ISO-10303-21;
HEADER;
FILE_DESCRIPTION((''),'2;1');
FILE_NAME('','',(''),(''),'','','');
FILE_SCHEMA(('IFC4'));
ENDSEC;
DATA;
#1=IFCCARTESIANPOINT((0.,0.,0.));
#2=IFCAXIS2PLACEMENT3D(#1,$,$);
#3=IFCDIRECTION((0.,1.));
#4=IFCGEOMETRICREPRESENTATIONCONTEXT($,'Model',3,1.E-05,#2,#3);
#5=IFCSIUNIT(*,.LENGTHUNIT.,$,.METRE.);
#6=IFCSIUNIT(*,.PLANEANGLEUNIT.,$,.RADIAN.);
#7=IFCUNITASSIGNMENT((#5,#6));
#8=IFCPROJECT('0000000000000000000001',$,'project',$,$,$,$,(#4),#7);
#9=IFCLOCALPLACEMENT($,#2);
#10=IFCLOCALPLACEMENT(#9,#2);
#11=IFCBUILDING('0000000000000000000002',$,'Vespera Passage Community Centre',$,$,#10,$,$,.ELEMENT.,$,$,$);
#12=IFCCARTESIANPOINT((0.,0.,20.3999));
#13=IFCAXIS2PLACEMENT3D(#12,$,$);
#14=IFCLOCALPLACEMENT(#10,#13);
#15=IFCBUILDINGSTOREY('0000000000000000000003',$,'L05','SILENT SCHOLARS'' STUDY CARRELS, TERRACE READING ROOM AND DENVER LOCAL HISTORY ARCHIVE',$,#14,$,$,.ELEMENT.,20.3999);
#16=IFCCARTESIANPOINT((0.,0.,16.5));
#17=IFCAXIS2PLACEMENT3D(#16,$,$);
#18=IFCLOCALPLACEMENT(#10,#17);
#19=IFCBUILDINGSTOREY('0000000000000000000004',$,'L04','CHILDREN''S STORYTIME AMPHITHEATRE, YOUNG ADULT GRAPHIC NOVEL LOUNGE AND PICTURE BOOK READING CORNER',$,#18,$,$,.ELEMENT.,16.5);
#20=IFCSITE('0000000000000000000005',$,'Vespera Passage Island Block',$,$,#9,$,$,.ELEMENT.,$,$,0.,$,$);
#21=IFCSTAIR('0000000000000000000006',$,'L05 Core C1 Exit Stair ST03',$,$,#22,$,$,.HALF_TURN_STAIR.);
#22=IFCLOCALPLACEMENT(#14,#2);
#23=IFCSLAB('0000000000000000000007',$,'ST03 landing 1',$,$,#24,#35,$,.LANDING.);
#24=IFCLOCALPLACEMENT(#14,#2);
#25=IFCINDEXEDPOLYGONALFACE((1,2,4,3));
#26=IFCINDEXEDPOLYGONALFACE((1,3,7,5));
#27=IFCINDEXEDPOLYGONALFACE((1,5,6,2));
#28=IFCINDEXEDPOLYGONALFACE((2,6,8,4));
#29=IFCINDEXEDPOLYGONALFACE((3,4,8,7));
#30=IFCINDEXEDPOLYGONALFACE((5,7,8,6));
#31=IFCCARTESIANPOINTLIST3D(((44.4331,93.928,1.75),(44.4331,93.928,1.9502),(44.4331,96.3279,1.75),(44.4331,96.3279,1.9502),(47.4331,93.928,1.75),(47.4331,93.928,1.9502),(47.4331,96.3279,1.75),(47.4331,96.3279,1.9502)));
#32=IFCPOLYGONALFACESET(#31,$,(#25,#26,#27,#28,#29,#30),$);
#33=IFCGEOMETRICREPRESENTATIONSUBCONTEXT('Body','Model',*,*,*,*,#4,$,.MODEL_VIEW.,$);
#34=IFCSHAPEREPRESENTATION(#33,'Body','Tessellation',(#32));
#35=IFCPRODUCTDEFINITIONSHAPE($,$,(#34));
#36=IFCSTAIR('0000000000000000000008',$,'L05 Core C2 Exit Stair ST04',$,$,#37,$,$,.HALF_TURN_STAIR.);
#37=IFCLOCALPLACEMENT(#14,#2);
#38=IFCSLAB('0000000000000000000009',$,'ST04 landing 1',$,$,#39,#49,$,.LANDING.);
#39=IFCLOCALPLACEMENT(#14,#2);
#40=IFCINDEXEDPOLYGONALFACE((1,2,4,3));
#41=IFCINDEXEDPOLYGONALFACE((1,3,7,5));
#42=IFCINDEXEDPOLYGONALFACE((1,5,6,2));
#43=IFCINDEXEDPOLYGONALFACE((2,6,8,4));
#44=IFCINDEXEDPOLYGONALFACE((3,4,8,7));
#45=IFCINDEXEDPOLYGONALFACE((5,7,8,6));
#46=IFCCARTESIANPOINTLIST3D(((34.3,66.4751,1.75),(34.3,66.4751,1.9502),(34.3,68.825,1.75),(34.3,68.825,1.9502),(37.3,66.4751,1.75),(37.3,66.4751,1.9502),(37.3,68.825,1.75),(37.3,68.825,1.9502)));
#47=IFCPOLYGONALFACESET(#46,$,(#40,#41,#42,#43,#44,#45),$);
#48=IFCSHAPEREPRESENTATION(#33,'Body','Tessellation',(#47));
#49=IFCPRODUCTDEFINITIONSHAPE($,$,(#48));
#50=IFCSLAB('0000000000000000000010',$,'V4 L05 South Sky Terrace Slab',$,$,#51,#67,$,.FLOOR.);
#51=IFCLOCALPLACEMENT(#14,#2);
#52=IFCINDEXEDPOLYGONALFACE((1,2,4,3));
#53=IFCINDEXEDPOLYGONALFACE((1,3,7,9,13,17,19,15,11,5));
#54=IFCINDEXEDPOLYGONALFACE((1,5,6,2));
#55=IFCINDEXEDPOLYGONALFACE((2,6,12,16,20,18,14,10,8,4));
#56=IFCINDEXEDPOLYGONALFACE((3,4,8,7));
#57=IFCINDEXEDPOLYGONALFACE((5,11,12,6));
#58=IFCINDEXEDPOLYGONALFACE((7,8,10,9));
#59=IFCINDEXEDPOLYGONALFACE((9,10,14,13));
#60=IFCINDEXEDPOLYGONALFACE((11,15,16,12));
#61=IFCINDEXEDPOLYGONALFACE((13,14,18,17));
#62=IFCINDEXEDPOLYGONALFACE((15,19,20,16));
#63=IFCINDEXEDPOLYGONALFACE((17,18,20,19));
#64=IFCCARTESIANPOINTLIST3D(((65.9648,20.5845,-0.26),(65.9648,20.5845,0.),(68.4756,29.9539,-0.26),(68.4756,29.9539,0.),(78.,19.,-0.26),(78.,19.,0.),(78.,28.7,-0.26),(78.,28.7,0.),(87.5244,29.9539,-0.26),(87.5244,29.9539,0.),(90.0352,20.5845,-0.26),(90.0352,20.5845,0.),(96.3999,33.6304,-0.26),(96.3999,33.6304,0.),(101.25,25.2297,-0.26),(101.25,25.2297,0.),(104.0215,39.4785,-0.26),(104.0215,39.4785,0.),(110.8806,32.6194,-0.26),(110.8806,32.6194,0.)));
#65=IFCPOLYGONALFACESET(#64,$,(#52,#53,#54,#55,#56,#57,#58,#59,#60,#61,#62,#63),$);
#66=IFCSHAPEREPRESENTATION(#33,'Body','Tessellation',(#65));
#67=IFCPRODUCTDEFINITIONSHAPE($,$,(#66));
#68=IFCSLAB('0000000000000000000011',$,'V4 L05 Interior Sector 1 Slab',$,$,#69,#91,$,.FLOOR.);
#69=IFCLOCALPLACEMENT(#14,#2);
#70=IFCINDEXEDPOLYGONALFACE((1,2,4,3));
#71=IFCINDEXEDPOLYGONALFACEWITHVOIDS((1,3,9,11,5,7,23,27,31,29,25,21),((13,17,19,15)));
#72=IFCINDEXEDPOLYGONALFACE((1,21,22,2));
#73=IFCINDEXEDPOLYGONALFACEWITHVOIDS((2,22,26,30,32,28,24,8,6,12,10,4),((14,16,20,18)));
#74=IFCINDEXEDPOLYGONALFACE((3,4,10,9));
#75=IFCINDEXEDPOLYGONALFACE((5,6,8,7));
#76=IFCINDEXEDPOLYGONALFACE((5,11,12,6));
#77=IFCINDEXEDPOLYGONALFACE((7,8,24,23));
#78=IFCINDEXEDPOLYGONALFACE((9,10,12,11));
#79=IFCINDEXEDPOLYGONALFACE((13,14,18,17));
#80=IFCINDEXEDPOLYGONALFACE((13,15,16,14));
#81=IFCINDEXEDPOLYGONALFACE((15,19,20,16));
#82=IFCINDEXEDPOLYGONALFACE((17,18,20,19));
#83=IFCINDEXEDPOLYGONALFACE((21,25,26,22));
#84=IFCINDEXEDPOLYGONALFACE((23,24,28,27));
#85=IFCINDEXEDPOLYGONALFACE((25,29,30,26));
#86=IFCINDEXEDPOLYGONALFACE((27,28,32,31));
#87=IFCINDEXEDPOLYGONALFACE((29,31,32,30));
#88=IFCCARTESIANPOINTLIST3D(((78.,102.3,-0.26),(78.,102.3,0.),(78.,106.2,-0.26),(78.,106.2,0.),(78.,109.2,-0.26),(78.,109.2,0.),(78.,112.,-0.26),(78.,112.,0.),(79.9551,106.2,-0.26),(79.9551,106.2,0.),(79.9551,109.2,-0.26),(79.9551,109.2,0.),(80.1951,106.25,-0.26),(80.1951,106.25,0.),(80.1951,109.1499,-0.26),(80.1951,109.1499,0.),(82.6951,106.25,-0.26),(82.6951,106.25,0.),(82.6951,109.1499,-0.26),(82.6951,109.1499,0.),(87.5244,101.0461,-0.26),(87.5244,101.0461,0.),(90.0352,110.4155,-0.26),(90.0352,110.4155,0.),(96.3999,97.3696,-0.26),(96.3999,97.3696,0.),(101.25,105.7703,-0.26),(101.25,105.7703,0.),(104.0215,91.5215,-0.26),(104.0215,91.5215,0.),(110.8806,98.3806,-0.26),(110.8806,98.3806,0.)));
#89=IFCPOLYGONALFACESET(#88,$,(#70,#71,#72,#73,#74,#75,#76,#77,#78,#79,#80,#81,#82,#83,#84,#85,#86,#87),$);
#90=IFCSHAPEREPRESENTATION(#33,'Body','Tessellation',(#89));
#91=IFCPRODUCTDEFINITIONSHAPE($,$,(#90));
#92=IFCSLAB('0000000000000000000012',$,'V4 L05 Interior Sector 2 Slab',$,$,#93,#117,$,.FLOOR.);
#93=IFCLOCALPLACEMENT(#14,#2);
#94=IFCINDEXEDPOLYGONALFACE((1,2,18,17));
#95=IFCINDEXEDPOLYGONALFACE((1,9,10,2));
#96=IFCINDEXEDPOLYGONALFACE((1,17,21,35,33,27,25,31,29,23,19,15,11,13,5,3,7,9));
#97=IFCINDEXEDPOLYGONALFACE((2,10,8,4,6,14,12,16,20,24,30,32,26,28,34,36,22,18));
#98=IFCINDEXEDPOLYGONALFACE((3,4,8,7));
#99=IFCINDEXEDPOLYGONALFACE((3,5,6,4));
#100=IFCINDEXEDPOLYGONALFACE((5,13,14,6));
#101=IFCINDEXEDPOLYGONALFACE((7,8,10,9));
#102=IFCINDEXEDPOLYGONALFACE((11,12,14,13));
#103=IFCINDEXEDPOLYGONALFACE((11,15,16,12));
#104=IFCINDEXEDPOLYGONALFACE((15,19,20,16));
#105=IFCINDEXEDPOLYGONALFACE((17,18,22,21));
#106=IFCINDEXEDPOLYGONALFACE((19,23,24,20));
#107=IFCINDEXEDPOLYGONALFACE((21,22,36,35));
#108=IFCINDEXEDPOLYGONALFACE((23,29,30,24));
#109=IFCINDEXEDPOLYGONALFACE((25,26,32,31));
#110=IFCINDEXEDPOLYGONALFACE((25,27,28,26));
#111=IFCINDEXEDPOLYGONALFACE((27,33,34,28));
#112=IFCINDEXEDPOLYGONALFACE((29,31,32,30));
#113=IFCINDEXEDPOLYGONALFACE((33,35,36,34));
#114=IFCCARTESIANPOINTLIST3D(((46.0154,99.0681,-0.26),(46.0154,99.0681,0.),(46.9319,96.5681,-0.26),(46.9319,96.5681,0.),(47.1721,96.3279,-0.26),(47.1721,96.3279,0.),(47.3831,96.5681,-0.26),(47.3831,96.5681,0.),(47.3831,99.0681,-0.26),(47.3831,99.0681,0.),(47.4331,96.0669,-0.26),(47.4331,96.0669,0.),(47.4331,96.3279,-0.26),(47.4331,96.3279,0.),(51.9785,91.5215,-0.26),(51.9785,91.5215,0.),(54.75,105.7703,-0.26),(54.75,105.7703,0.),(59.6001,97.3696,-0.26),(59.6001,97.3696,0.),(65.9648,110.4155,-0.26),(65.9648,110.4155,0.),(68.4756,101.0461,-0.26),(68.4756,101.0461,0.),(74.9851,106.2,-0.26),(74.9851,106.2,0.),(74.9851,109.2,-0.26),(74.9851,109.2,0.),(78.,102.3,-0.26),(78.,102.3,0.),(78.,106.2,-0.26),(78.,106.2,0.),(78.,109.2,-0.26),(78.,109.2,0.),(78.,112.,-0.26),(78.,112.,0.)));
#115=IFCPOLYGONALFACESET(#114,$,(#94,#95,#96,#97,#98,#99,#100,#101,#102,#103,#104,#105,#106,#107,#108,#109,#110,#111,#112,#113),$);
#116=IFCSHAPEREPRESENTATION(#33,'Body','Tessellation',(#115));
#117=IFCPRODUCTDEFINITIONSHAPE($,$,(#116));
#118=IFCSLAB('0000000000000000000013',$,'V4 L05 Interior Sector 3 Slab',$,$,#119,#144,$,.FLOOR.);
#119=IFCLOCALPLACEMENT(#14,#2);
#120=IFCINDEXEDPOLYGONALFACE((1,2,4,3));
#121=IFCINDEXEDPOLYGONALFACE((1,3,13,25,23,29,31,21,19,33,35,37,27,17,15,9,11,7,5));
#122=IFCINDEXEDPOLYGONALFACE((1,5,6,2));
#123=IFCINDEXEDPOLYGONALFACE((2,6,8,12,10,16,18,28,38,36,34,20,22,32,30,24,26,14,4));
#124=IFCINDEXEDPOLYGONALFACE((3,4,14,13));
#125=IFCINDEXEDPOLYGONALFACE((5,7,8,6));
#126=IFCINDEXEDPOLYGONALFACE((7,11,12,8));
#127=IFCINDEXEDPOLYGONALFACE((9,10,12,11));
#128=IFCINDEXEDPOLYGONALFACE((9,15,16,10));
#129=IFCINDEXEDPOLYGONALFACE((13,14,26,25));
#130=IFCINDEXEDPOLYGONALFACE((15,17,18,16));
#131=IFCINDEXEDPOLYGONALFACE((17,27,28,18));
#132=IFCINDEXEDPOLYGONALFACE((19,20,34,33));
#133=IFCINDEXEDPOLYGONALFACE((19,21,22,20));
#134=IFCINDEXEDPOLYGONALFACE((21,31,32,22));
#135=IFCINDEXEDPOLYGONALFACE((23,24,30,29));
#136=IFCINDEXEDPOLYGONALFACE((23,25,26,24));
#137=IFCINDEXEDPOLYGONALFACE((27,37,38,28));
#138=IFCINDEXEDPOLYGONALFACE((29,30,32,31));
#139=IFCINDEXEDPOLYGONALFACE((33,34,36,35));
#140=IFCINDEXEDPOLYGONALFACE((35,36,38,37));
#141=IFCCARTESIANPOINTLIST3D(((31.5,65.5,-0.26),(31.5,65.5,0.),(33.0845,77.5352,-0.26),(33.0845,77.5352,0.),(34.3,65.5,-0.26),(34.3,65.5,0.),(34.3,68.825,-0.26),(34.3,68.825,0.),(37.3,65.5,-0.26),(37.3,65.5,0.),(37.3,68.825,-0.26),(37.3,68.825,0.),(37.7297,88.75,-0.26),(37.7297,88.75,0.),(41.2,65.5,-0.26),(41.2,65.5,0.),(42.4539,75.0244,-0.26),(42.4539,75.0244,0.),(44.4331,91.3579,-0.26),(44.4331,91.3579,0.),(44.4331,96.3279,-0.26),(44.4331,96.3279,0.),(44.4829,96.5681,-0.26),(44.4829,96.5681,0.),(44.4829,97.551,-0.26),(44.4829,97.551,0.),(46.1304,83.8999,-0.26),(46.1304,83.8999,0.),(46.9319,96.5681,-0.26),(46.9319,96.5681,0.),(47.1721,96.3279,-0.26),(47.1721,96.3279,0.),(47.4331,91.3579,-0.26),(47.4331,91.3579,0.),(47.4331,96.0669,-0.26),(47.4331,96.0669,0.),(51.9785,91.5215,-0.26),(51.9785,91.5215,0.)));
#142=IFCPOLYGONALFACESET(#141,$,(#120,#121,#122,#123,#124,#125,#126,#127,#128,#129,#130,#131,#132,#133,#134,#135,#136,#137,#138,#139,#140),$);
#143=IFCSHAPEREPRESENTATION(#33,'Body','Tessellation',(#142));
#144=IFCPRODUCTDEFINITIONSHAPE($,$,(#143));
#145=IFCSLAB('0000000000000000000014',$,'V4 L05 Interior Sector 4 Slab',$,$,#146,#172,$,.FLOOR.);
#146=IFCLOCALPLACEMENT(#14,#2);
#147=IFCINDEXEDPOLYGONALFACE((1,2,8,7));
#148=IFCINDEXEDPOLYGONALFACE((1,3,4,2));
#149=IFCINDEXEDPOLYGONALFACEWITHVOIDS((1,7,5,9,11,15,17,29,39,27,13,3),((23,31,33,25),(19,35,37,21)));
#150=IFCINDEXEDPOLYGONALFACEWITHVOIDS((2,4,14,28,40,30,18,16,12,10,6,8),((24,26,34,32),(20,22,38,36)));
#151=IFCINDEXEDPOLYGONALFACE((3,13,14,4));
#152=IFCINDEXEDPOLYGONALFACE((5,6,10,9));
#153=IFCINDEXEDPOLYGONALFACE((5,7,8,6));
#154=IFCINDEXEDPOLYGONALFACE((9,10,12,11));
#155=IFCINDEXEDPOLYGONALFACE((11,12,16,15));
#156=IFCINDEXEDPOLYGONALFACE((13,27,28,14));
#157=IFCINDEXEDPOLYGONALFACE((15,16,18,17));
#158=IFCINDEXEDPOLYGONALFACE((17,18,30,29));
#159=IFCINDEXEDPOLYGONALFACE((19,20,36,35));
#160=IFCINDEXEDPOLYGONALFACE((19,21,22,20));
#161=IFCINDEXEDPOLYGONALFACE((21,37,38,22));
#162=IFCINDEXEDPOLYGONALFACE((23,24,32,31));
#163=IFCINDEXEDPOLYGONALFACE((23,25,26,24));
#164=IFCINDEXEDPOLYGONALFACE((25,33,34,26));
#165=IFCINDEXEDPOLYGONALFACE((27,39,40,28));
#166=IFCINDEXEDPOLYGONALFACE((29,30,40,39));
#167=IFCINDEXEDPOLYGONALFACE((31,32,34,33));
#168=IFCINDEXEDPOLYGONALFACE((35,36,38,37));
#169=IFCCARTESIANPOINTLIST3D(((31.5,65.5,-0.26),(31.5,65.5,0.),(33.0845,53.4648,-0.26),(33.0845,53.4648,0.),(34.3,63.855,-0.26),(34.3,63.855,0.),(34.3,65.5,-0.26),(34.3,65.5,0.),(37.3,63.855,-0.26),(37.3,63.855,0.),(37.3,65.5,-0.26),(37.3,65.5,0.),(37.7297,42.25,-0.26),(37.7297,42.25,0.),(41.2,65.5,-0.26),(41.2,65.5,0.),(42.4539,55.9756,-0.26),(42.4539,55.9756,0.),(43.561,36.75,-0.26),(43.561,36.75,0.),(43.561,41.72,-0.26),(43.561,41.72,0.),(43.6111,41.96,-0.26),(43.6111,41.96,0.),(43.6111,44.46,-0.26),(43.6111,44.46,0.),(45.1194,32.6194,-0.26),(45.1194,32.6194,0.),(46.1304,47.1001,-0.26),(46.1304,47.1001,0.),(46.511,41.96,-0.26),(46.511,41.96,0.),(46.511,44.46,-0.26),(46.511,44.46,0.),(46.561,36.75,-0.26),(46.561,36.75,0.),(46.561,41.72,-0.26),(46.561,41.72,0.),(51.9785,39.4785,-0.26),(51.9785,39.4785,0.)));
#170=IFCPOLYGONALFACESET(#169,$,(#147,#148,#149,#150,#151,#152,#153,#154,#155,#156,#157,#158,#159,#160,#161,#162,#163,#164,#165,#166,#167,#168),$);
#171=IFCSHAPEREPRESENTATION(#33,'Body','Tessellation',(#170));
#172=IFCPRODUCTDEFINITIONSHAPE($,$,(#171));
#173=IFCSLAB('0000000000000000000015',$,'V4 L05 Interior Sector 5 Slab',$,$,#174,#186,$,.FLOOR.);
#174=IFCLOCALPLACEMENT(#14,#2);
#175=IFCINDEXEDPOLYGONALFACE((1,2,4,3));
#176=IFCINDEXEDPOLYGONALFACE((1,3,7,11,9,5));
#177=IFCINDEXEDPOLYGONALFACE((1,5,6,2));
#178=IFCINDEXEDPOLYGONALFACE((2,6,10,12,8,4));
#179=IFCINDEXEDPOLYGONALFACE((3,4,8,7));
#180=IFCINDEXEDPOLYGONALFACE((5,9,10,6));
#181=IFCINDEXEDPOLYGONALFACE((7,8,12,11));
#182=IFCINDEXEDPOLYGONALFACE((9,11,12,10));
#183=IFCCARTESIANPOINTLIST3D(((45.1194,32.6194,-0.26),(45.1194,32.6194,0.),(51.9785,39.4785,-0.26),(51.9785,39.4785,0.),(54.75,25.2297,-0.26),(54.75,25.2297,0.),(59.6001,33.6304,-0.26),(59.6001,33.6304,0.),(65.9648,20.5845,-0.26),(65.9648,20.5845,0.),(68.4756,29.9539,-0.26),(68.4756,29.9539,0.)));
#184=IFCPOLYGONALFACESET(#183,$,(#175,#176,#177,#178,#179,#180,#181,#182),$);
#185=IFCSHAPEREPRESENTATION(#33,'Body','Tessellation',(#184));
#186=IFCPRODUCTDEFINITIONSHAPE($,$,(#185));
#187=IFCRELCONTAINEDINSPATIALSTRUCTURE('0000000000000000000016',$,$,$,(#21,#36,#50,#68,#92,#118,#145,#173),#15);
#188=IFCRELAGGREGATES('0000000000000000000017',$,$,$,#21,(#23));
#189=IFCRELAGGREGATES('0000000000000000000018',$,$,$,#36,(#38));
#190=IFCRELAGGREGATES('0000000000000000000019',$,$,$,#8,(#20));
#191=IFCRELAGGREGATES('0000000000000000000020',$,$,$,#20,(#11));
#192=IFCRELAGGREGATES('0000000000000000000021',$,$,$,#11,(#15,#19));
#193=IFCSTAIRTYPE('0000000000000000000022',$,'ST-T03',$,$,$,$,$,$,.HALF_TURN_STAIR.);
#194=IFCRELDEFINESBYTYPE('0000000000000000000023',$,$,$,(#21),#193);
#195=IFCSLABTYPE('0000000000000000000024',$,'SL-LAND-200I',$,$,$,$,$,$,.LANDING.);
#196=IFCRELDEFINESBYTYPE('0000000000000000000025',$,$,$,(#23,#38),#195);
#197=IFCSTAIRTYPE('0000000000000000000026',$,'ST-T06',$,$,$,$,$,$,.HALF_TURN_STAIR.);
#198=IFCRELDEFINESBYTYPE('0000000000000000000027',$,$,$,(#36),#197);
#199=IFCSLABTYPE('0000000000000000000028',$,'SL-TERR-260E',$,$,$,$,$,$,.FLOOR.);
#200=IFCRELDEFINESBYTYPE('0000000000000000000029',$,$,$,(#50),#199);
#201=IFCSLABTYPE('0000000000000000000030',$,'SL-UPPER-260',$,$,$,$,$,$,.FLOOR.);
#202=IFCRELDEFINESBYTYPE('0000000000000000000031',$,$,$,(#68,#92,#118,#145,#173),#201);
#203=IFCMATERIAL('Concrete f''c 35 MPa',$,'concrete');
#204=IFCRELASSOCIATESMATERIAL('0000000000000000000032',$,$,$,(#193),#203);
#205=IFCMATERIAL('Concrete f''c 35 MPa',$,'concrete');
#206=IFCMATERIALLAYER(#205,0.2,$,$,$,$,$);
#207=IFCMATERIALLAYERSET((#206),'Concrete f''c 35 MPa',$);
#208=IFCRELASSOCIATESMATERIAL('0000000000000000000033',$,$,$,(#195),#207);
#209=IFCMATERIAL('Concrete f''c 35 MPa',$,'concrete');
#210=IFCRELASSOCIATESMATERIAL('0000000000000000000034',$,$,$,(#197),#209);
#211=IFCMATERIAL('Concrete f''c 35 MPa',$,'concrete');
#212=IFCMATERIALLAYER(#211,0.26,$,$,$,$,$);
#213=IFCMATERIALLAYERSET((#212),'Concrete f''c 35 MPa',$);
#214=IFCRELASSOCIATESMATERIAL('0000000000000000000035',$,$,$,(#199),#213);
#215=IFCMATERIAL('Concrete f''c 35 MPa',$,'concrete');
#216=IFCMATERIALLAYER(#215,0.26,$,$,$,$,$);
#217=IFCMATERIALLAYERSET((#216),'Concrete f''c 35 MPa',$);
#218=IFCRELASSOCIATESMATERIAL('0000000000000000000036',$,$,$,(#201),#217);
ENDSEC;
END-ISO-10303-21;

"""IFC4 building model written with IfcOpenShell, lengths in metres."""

from ifc_helpers import new_model, si_unit, direction, frame, origin, place, context, subcontext, project, spatial, polyline, outline, extrude, material, layer, layer_set, type_object, element, aggregate, save


model = new_model("IFC4")

# Units and contexts
model_context = context("Model", 3, precision=1e-05, world=origin(), true_north=direction((0.0, 1.0)))
body_context = subcontext(model_context, "Body", "Model", "MODEL_VIEW")
ifc_project = project(units=[si_unit("LENGTHUNIT", "METRE"), si_unit("PLANEANGLEUNIT", "RADIAN")], contexts=[model_context])

# Site, building, storey
site_placement = place(None, origin())
site = spatial("IfcSite", under=ifc_project, at=site_placement, Name="Vespera Passage Island Block", CompositionType="ELEMENT", RefElevation=0.0)
building_placement = place(site_placement, origin())
building = spatial("IfcBuilding", under=site, at=building_placement, Name="Vespera Passage Community Centre", CompositionType="ELEMENT")
storey_1_placement = place(building_placement, frame((0.0, 0.0, 20.3999)))
storey_1 = spatial("IfcBuildingStorey", under=building, at=storey_1_placement, Name="L05", Description="SILENT SCHOLARS' STUDY CARRELS, TERRACE READING ROOM AND DENVER LOCAL HISTORY ARCHIVE", CompositionType="ELEMENT", Elevation=20.3999)

# Stairs, slabs
ifc_material_1 = material(Name="Concrete f'c 35 MPa", Category="concrete")
stair_type_1 = type_object("IfcStairType", Name="ST-T03", PredefinedType="HALF_TURN_STAIR", material=ifc_material_1)
stair_1_placement = place(storey_1_placement, origin())
stair_1 = element("IfcStair", 1, at=stair_1_placement, inside=storey_1, type_object=stair_type_1, Name="L05 Core C1 Exit Stair ST03", PredefinedType="HALF_TURN_STAIR")
ifc_material_2 = material(Name="Concrete f'c 35 MPa", Category="concrete")
ifc_layer_1 = layer(ifc_material_2, 0.2)
ifc_layer_set_1 = layer_set([ifc_layer_1], Name="Concrete f'c 35 MPa")
slab_type_1 = type_object("IfcSlabType", Name="SL-LAND-200I", PredefinedType="LANDING", material=ifc_layer_set_1)
slab_1_placement = place(storey_1_placement, frame((0.0, 0.0, 1.75)))
slab_1 = element("IfcSlab", 2, at=slab_1_placement, type_object=slab_type_1, Name="ST03 landing 1", PredefinedType="LANDING", context=body_context, shape_type="SweptSolid", body=[
    extrude(outline(polyline([(47.4331, 93.928), (47.4331, 96.3279), (44.4331, 96.3279), (44.4331, 93.928), (47.4331, 93.928)])), origin(), (0.0, 0.0, 1.0), 0.2002),
])
aggregate(stair_1, [slab_1])
ifc_material_3 = material(Name="Concrete f'c 35 MPa", Category="concrete")
stair_type_2 = type_object("IfcStairType", Name="ST-T06", PredefinedType="HALF_TURN_STAIR", material=ifc_material_3)
stair_2_placement = place(storey_1_placement, origin())
stair_2 = element("IfcStair", 3, at=stair_2_placement, inside=storey_1, type_object=stair_type_2, Name="L05 Core C2 Exit Stair ST04", PredefinedType="HALF_TURN_STAIR")
slab_2_placement = place(storey_1_placement, frame((0.0, 0.0, 1.75)))
slab_2 = element("IfcSlab", 4, at=slab_2_placement, type_object=slab_type_1, Name="ST04 landing 1", PredefinedType="LANDING", context=body_context, shape_type="SweptSolid", body=[
    extrude(outline(polyline([(37.3, 66.4751), (37.3, 68.825), (34.3, 68.825), (34.3, 66.4751), (37.3, 66.4751)])), origin(), (0.0, 0.0, 1.0), 0.2002),
])
aggregate(stair_2, [slab_2])

# Slabs
ifc_material_4 = material(Name="Concrete f'c 35 MPa", Category="concrete")
ifc_layer_2 = layer(ifc_material_4, 0.26)
ifc_layer_set_2 = layer_set([ifc_layer_2], Name="Concrete f'c 35 MPa")
slab_type_2 = type_object("IfcSlabType", Name="SL-TERR-260E", PredefinedType="FLOOR", material=ifc_layer_set_2)
slab_3_placement = place(storey_1_placement, frame((0.0, 0.0, -0.26)))
element("IfcSlab", 5, at=slab_3_placement, inside=storey_1, type_object=slab_type_2, Name="V4 L05 South Sky Terrace Slab", PredefinedType="FLOOR", context=body_context, shape_type="SweptSolid", body=[
    extrude(outline(polyline([(65.9648, 20.5845), (78.0, 19.0), (90.0352, 20.5845), (101.25, 25.2297), (110.8806, 32.6194), (104.0215, 39.4785), (96.3999, 33.6304), (87.5244, 29.9539), (78.0, 28.7), (68.4756, 29.9539), (65.9648, 20.5845)])), origin(), (0.0, 0.0, 1.0), 0.26),
])
ifc_material_5 = material(Name="Concrete f'c 35 MPa", Category="concrete")
ifc_layer_3 = layer(ifc_material_5, 0.26)
ifc_layer_set_3 = layer_set([ifc_layer_3], Name="Concrete f'c 35 MPa")
slab_type_3 = type_object("IfcSlabType", Name="SL-UPPER-260", PredefinedType="FLOOR", material=ifc_layer_set_3)
slab_4_placement = place(storey_1_placement, frame((0.0, 0.0, -0.26)))
element("IfcSlab", 6, at=slab_4_placement, inside=storey_1, type_object=slab_type_3, Name="V4 L05 Interior Sector 1 Slab", PredefinedType="FLOOR", context=body_context, shape_type="SweptSolid", body=[
    extrude(outline(polyline([(90.0352, 110.4155), (101.25, 105.7703), (110.8806, 98.3806), (104.0215, 91.5215), (96.3999, 97.3696), (87.5244, 101.0461), (78.0, 102.3), (78.0, 106.2), (79.9551, 106.2), (79.9551, 109.2), (78.0, 109.2), (78.0, 112.0), (90.0352, 110.4155)]), holes=[polyline([(82.6951, 106.25), (82.6951, 109.1499), (80.1951, 109.1499), (80.1951, 106.25), (82.6951, 106.25)])]), origin(), (0.0, 0.0, 1.0), 0.26),
])
slab_5_placement = place(storey_1_placement, frame((0.0, 0.0, -0.26)))
element("IfcSlab", 7, at=slab_5_placement, inside=storey_1, type_object=slab_type_3, Name="V4 L05 Interior Sector 2 Slab", PredefinedType="FLOOR", context=body_context, shape_type="SweptSolid", body=[
    extrude(outline(polyline([(65.9648, 110.4155), (78.0, 112.0), (78.0, 109.2), (74.9851, 109.2), (74.9851, 106.2), (78.0, 106.2), (78.0, 102.3), (68.4756, 101.0461), (59.6001, 97.3696), (51.9785, 91.5215), (47.4331, 96.0669), (47.4331, 96.3279), (47.1721, 96.3279), (46.9319, 96.5681), (47.3831, 96.5681), (47.3831, 99.0681), (46.0154, 99.0681), (54.75, 105.7703), (65.9648, 110.4155)])), origin(), (0.0, 0.0, 1.0), 0.26),
])
slab_6_placement = place(storey_1_placement, frame((0.0, 0.0, -0.26)))
element("IfcSlab", 8, at=slab_6_placement, inside=storey_1, type_object=slab_type_3, Name="V4 L05 Interior Sector 3 Slab", PredefinedType="FLOOR", context=body_context, shape_type="SweptSolid", body=[
    extrude(outline(polyline([(42.4539, 75.0244), (41.2, 65.5), (37.3, 65.5), (37.3, 68.825), (34.3, 68.825), (34.3, 65.5), (31.5, 65.5), (33.0845, 77.5352), (37.7297, 88.75), (44.4829, 97.551), (44.4829, 96.5681), (46.9319, 96.5681), (47.1721, 96.3279), (44.4331, 96.3279), (44.4331, 91.3579), (47.4331, 91.3579), (47.4331, 96.0669), (51.9785, 91.5215), (46.1304, 83.8999), (42.4539, 75.0244)])), origin(), (0.0, 0.0, 1.0), 0.26),
])
slab_7_placement = place(storey_1_placement, frame((0.0, 0.0, -0.26)))
element("IfcSlab", 9, at=slab_7_placement, inside=storey_1, type_object=slab_type_3, Name="V4 L05 Interior Sector 4 Slab", PredefinedType="FLOOR", context=body_context, shape_type="SweptSolid", body=[
    extrude(outline(polyline([(46.1304, 47.1001), (51.9785, 39.4785), (45.1194, 32.6194), (37.7297, 42.25), (33.0845, 53.4648), (31.5, 65.5), (34.3, 65.5), (34.3, 63.855), (37.3, 63.855), (37.3, 65.5), (41.2, 65.5), (42.4539, 55.9756), (46.1304, 47.1001)]), holes=[polyline([(43.561, 41.72), (43.561, 36.75), (46.561, 36.75), (46.561, 41.72), (43.561, 41.72)]), polyline([(46.511, 44.46), (43.6111, 44.46), (43.6111, 41.96), (46.511, 41.96), (46.511, 44.46)])]), origin(), (0.0, 0.0, 1.0), 0.26),
])
slab_8_placement = place(storey_1_placement, frame((0.0, 0.0, -0.26)))
element("IfcSlab", 10, at=slab_8_placement, inside=storey_1, type_object=slab_type_3, Name="V4 L05 Interior Sector 5 Slab", PredefinedType="FLOOR", context=body_context, shape_type="SweptSolid", body=[
    extrude(outline(polyline([(45.1194, 32.6194), (54.75, 25.2297), (65.9648, 20.5845), (68.4756, 29.9539), (59.6001, 33.6304), (51.9785, 39.4785), (45.1194, 32.6194)])), origin(), (0.0, 0.0, 1.0), 0.26),
])

# Shared definitions
storey_2_placement = place(building_placement, frame((0.0, 0.0, 16.5)))
storey_2 = spatial("IfcBuildingStorey", under=building, at=storey_2_placement, Name="L04", Description="CHILDREN'S STORYTIME AMPHITHEATRE, YOUNG ADULT GRAPHIC NOVEL LOUNGE AND PICTURE BOOK READING CORNER", CompositionType="ELEMENT", Elevation=16.5)

save(model, "model.ifc")
